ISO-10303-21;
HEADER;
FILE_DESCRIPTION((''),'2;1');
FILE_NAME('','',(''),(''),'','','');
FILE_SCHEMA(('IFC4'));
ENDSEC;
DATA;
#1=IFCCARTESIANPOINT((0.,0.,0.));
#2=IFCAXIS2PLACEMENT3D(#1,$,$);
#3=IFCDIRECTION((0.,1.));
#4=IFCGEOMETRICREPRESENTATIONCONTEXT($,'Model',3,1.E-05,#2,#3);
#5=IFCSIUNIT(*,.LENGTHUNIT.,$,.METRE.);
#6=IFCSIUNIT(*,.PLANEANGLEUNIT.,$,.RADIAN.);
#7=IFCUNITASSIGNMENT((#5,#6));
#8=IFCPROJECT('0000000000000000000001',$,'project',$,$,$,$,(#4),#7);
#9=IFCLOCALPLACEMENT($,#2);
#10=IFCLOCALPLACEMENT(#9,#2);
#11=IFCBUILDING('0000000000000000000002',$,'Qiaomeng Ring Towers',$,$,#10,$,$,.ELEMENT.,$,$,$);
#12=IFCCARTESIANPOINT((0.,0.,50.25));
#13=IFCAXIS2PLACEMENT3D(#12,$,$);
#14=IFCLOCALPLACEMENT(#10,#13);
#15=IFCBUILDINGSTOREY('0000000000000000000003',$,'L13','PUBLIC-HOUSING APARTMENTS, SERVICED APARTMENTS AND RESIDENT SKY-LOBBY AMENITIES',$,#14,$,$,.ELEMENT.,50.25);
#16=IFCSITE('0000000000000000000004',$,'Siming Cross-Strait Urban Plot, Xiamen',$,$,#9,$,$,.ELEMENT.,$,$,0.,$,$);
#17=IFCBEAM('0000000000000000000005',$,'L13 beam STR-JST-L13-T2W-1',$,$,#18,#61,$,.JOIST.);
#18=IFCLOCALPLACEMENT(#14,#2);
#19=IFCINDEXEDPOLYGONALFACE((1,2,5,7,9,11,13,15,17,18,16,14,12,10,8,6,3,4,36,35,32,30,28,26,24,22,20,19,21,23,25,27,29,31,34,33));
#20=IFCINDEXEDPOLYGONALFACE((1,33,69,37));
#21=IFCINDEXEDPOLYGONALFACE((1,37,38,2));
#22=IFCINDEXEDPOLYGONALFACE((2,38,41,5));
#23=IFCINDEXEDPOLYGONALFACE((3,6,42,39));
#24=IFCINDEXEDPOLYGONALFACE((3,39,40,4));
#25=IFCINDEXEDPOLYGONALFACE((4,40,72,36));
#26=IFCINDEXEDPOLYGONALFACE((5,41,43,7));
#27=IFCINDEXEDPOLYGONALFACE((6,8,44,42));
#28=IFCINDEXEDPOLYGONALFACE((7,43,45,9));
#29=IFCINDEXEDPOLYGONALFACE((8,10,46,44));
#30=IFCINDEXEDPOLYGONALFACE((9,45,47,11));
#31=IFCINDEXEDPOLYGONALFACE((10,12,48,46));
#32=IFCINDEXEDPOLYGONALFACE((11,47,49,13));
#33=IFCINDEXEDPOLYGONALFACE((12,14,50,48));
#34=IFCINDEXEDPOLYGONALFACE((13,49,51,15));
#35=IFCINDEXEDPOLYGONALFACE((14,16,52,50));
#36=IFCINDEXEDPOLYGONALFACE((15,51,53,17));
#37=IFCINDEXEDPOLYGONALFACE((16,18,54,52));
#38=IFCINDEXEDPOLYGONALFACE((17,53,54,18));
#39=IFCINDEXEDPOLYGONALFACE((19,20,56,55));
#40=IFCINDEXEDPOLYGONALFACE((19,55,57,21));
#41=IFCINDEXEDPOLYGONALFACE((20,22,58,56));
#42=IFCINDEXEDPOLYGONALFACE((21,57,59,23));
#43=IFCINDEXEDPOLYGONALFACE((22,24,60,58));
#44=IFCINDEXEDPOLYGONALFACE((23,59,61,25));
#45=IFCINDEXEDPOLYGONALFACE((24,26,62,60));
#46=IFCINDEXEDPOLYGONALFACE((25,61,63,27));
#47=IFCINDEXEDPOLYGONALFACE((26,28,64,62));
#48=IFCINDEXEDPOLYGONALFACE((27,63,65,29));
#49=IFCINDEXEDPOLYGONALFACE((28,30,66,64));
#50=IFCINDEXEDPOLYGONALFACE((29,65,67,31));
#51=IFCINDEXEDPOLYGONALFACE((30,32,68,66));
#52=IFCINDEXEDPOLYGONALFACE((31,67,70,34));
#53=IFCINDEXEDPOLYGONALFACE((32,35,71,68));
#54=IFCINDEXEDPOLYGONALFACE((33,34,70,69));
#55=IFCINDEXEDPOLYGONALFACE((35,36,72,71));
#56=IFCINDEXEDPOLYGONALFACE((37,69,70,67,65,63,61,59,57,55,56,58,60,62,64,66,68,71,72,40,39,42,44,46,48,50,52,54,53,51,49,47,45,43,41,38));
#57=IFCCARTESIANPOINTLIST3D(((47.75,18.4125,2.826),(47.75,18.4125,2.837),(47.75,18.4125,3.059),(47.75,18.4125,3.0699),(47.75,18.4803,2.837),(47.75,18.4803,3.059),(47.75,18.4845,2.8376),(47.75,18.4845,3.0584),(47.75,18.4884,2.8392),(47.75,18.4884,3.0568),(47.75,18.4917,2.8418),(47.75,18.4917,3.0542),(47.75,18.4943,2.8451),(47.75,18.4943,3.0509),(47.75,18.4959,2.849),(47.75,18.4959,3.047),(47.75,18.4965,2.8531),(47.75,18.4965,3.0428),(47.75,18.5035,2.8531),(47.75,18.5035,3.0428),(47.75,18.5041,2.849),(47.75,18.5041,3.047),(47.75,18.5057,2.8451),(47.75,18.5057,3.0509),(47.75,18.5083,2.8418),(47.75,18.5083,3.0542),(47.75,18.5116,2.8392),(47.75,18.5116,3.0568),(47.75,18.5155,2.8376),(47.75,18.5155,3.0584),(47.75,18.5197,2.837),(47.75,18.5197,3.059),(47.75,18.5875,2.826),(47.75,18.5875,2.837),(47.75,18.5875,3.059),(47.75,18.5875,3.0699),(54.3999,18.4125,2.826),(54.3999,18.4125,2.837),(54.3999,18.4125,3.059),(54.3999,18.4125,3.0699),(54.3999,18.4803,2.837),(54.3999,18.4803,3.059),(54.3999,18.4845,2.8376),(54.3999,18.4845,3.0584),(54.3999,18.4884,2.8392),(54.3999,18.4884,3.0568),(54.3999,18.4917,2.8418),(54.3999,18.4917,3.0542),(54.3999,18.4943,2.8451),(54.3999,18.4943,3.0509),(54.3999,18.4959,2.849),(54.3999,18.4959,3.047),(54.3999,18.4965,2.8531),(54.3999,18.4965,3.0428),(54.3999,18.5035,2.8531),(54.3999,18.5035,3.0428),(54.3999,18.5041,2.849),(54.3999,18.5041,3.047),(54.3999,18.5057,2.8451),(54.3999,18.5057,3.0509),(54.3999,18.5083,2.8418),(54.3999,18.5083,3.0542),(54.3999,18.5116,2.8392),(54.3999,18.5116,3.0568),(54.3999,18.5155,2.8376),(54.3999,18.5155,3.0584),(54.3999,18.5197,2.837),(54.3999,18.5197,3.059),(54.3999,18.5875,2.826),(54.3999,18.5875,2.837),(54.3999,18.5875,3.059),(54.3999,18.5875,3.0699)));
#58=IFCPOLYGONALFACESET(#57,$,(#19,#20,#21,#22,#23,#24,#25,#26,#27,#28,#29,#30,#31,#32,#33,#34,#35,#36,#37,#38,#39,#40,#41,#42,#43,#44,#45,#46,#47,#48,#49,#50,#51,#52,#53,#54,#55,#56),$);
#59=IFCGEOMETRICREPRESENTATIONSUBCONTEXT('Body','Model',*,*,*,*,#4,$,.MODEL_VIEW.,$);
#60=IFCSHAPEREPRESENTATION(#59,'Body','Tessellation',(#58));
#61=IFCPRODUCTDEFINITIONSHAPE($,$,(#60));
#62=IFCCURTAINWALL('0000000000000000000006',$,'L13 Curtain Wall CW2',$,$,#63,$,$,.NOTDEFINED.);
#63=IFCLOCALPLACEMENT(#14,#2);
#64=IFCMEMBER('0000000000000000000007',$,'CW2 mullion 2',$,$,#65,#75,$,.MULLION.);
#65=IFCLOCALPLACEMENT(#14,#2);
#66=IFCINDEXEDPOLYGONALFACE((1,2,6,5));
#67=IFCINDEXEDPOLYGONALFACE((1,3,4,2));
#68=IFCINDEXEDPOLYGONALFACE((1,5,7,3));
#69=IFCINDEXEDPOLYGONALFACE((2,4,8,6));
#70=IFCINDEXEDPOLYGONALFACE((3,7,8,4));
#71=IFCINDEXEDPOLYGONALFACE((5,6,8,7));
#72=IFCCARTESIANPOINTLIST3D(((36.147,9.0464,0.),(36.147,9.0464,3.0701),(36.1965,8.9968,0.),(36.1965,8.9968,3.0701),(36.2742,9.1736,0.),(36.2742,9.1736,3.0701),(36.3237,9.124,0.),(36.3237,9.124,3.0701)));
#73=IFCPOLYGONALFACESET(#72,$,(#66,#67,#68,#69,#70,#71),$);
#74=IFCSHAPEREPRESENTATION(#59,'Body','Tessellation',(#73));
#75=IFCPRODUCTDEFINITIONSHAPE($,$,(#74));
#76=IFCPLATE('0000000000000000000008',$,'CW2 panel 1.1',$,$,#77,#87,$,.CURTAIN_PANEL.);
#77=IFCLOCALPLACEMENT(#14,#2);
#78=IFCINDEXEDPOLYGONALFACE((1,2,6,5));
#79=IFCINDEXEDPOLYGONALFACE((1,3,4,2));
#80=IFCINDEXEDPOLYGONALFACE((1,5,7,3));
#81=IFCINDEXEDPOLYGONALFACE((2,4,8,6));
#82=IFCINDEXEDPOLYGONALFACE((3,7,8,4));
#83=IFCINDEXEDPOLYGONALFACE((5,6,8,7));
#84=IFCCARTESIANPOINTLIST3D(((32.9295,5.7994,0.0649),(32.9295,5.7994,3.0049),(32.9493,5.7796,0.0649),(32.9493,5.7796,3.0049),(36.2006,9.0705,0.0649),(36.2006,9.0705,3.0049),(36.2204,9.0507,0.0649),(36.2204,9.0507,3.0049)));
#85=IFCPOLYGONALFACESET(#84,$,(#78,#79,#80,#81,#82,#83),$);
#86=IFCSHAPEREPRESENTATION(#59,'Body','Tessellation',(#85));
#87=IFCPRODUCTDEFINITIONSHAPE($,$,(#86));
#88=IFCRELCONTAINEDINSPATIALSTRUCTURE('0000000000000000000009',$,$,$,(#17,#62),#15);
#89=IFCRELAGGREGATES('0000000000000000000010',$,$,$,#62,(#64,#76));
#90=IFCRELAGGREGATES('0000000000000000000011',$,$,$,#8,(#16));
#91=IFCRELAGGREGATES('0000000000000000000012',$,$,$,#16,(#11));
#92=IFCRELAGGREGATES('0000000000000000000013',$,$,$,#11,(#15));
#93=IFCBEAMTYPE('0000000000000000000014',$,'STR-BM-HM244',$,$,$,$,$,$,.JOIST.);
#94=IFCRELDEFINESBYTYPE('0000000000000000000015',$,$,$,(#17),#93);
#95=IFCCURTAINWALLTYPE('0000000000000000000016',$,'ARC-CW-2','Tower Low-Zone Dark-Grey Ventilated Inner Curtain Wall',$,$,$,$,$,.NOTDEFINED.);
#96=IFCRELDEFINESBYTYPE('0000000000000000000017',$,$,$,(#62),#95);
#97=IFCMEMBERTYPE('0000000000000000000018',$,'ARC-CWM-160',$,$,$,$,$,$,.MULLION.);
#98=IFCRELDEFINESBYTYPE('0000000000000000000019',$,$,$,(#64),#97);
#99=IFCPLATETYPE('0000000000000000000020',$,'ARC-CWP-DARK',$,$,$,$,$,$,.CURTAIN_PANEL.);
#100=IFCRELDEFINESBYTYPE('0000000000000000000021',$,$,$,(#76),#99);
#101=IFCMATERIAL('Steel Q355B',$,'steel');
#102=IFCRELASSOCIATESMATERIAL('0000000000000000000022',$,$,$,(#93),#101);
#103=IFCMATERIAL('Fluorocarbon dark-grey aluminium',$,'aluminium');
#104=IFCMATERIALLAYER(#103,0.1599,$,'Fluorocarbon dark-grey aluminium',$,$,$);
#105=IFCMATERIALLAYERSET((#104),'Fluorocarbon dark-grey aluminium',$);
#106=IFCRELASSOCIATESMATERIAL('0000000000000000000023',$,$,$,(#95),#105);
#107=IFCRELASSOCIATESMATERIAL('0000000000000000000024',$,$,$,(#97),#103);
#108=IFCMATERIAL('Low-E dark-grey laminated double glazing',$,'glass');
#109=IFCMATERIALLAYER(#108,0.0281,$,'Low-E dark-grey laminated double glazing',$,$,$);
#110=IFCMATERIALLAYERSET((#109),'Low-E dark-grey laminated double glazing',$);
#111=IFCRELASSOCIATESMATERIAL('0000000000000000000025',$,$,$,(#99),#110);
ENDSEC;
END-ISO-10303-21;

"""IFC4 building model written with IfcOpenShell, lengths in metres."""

from ifc_helpers import new_model, si_unit, direction, frame, origin, origin_2d, place, context, subcontext, project, spatial, rectangle, i_section, extrude, source, transform, mapped, material, layer, layer_set, material_profile, profile_set, type_object, element, aggregate, save


model = new_model("IFC4")

# Units and contexts
model_context = context("Model", 3, precision=1e-05, world=origin(), true_north=direction((0.0, 1.0)))
body_context = subcontext(model_context, "Body", "Model", "MODEL_VIEW")
ifc_project = project(units=[si_unit("LENGTHUNIT", "METRE"), si_unit("PLANEANGLEUNIT", "RADIAN")], contexts=[model_context])

# Site, building, storey
site_placement = place(None, origin())
site = spatial("IfcSite", under=ifc_project, at=site_placement, Name="Siming Cross-Strait Urban Plot, Xiamen", CompositionType="ELEMENT", RefElevation=0.0)
building_placement = place(site_placement, origin())
building = spatial("IfcBuilding", under=site, at=building_placement, Name="Qiaomeng Ring Towers", CompositionType="ELEMENT")
storey_placement = place(building_placement, frame((0.0, 0.0, 50.25)))
storey = spatial("IfcBuildingStorey", under=building, at=storey_placement, Name="L13", Description="PUBLIC-HOUSING APARTMENTS, SERVICED APARTMENTS AND RESIDENT SKY-LOBBY AMENITIES", CompositionType="ELEMENT", Elevation=50.25)

# Beam
ifc_material_1 = material(Name="Steel Q355B", Category="steel")
ifc_material_profile_1 = material_profile(ifc_material_1, i_section(OverallWidth=0.175, OverallDepth=0.2439, WebThickness=0.0071, FlangeThickness=0.011, FilletRadius=0.0161, at=origin_2d()), Name="HM 244x175x7x11")
ifc_profile_set_1 = profile_set([ifc_material_profile_1], Name="Steel Q355B")
beam_type_1 = type_object("IfcBeamType", Name="STR-BM-HM244", PredefinedType="JOIST", material=ifc_profile_set_1)
shared_shape_1 = source(origin(), body_context, "Body", "SweptSolid", [
    extrude(i_section(OverallWidth=0.175, OverallDepth=0.2439, WebThickness=0.0071, FlangeThickness=0.011, FilletRadius=0.0161, at=origin_2d()), origin(), (0.0, 0.0, 1.0), 6.6499),
])
beam_1_placement = place(storey_placement, frame((47.75, 18.5, 2.948), z_axis=(1.0, 0.0, 0.0), x_axis=(0.0, 1.0, 0.0)))
element("IfcBeam", 1, at=beam_1_placement, inside=storey, type_object=beam_type_1, Name="L13 beam STR-JST-L13-T2W-1", PredefinedType="JOIST", context=body_context, shape_type="MappedRepresentation", body=[
    mapped(shared_shape_1, transform((0.0, 0.0, 0.0), x_axis=(1.0, 0.0, 0.0), y_axis=(0.0, 1.0, 0.0), z_axis=(0.0, 0.0, 1.0), scale=1.0)),
])

# Curtain wall, member, plate
ifc_material_2 = material(Name="Fluorocarbon dark-grey aluminium", Category="aluminium")
ifc_layer_1 = layer(ifc_material_2, 0.1599, Name="Fluorocarbon dark-grey aluminium")
ifc_layer_set_1 = layer_set([ifc_layer_1], Name="Fluorocarbon dark-grey aluminium")
curtain_wall_type = type_object("IfcCurtainWallType", Name="ARC-CW-2", Description="Tower Low-Zone Dark-Grey Ventilated Inner Curtain Wall", PredefinedType="NOTDEFINED", material=ifc_layer_set_1)
curtain_wall_placement = place(storey_placement, origin())
curtain_wall = element("IfcCurtainWall", 2, at=curtain_wall_placement, inside=storey, type_object=curtain_wall_type, Name="L13 Curtain Wall CW2", PredefinedType="NOTDEFINED")
ifc_material_profile_2 = material_profile(ifc_material_2, rectangle(XDim=0.0701, YDim=0.1799, at=origin_2d()), Name="ALU MULL 70x180")
ifc_profile_set_2 = profile_set([ifc_material_profile_2], Name="Fluorocarbon dark-grey aluminium")
member_type = type_object("IfcMemberType", Name="ARC-CWM-160", PredefinedType="MULLION", material=ifc_profile_set_2)
shared_shape_2 = source(origin(), body_context, "Body", "SweptSolid", [
    extrude(rectangle(XDim=0.0701, YDim=0.1799, at=origin_2d()), origin(), (0.0, 0.0, 1.0), 3.0701),
])
member_placement = place(storey_placement, frame((36.2354, 9.0852, 0.0), z_axis=(0.0, 0.0, 1.0), x_axis=(-0.707107, 0.707107, 0.0)))
member = element("IfcMember", 3, at=member_placement, type_object=member_type, Name="CW2 mullion 2", PredefinedType="MULLION", context=body_context, shape_type="MappedRepresentation", body=[
    mapped(shared_shape_2, transform((0.0, 0.0, 0.0), x_axis=(1.0, 0.0, 0.0), y_axis=(0.0, 1.0, 0.0), z_axis=(0.0, 0.0, 1.0), scale=1.0)),
])
ifc_material_3 = material(Name="Low-E dark-grey laminated double glazing", Category="glass")
ifc_layer_2 = layer(ifc_material_3, 0.0281, Name="Low-E dark-grey laminated double glazing")
ifc_layer_set_2 = layer_set([ifc_layer_2], Name="Low-E dark-grey laminated double glazing")
plate_type = type_object("IfcPlateType", Name="ARC-CWP-DARK", PredefinedType="CURTAIN_PANEL", material=ifc_layer_set_2)
shared_shape_3 = source(origin(), body_context, "Body", "SweptSolid", [
    extrude(rectangle(XDim=4.626, YDim=0.0281, at=origin_2d()), origin(), (0.0, 0.0, 1.0), 2.9399),
])
plate_placement = place(storey_placement, frame((34.575, 7.425, 0.0649), z_axis=(0.0, 0.0, 1.0), x_axis=(0.707107, 0.707107, 0.0)))
plate = element("IfcPlate", 4, at=plate_placement, type_object=plate_type, Name="CW2 panel 1.1", PredefinedType="CURTAIN_PANEL", context=body_context, shape_type="MappedRepresentation", body=[
    mapped(shared_shape_3, transform((0.0, 0.0, 0.0), x_axis=(1.0, 0.0, 0.0), y_axis=(0.0, 1.0, 0.0), z_axis=(0.0, 0.0, 1.0), scale=1.0)),
])
aggregate(curtain_wall, [member, plate])

save(model, "model.ifc")
